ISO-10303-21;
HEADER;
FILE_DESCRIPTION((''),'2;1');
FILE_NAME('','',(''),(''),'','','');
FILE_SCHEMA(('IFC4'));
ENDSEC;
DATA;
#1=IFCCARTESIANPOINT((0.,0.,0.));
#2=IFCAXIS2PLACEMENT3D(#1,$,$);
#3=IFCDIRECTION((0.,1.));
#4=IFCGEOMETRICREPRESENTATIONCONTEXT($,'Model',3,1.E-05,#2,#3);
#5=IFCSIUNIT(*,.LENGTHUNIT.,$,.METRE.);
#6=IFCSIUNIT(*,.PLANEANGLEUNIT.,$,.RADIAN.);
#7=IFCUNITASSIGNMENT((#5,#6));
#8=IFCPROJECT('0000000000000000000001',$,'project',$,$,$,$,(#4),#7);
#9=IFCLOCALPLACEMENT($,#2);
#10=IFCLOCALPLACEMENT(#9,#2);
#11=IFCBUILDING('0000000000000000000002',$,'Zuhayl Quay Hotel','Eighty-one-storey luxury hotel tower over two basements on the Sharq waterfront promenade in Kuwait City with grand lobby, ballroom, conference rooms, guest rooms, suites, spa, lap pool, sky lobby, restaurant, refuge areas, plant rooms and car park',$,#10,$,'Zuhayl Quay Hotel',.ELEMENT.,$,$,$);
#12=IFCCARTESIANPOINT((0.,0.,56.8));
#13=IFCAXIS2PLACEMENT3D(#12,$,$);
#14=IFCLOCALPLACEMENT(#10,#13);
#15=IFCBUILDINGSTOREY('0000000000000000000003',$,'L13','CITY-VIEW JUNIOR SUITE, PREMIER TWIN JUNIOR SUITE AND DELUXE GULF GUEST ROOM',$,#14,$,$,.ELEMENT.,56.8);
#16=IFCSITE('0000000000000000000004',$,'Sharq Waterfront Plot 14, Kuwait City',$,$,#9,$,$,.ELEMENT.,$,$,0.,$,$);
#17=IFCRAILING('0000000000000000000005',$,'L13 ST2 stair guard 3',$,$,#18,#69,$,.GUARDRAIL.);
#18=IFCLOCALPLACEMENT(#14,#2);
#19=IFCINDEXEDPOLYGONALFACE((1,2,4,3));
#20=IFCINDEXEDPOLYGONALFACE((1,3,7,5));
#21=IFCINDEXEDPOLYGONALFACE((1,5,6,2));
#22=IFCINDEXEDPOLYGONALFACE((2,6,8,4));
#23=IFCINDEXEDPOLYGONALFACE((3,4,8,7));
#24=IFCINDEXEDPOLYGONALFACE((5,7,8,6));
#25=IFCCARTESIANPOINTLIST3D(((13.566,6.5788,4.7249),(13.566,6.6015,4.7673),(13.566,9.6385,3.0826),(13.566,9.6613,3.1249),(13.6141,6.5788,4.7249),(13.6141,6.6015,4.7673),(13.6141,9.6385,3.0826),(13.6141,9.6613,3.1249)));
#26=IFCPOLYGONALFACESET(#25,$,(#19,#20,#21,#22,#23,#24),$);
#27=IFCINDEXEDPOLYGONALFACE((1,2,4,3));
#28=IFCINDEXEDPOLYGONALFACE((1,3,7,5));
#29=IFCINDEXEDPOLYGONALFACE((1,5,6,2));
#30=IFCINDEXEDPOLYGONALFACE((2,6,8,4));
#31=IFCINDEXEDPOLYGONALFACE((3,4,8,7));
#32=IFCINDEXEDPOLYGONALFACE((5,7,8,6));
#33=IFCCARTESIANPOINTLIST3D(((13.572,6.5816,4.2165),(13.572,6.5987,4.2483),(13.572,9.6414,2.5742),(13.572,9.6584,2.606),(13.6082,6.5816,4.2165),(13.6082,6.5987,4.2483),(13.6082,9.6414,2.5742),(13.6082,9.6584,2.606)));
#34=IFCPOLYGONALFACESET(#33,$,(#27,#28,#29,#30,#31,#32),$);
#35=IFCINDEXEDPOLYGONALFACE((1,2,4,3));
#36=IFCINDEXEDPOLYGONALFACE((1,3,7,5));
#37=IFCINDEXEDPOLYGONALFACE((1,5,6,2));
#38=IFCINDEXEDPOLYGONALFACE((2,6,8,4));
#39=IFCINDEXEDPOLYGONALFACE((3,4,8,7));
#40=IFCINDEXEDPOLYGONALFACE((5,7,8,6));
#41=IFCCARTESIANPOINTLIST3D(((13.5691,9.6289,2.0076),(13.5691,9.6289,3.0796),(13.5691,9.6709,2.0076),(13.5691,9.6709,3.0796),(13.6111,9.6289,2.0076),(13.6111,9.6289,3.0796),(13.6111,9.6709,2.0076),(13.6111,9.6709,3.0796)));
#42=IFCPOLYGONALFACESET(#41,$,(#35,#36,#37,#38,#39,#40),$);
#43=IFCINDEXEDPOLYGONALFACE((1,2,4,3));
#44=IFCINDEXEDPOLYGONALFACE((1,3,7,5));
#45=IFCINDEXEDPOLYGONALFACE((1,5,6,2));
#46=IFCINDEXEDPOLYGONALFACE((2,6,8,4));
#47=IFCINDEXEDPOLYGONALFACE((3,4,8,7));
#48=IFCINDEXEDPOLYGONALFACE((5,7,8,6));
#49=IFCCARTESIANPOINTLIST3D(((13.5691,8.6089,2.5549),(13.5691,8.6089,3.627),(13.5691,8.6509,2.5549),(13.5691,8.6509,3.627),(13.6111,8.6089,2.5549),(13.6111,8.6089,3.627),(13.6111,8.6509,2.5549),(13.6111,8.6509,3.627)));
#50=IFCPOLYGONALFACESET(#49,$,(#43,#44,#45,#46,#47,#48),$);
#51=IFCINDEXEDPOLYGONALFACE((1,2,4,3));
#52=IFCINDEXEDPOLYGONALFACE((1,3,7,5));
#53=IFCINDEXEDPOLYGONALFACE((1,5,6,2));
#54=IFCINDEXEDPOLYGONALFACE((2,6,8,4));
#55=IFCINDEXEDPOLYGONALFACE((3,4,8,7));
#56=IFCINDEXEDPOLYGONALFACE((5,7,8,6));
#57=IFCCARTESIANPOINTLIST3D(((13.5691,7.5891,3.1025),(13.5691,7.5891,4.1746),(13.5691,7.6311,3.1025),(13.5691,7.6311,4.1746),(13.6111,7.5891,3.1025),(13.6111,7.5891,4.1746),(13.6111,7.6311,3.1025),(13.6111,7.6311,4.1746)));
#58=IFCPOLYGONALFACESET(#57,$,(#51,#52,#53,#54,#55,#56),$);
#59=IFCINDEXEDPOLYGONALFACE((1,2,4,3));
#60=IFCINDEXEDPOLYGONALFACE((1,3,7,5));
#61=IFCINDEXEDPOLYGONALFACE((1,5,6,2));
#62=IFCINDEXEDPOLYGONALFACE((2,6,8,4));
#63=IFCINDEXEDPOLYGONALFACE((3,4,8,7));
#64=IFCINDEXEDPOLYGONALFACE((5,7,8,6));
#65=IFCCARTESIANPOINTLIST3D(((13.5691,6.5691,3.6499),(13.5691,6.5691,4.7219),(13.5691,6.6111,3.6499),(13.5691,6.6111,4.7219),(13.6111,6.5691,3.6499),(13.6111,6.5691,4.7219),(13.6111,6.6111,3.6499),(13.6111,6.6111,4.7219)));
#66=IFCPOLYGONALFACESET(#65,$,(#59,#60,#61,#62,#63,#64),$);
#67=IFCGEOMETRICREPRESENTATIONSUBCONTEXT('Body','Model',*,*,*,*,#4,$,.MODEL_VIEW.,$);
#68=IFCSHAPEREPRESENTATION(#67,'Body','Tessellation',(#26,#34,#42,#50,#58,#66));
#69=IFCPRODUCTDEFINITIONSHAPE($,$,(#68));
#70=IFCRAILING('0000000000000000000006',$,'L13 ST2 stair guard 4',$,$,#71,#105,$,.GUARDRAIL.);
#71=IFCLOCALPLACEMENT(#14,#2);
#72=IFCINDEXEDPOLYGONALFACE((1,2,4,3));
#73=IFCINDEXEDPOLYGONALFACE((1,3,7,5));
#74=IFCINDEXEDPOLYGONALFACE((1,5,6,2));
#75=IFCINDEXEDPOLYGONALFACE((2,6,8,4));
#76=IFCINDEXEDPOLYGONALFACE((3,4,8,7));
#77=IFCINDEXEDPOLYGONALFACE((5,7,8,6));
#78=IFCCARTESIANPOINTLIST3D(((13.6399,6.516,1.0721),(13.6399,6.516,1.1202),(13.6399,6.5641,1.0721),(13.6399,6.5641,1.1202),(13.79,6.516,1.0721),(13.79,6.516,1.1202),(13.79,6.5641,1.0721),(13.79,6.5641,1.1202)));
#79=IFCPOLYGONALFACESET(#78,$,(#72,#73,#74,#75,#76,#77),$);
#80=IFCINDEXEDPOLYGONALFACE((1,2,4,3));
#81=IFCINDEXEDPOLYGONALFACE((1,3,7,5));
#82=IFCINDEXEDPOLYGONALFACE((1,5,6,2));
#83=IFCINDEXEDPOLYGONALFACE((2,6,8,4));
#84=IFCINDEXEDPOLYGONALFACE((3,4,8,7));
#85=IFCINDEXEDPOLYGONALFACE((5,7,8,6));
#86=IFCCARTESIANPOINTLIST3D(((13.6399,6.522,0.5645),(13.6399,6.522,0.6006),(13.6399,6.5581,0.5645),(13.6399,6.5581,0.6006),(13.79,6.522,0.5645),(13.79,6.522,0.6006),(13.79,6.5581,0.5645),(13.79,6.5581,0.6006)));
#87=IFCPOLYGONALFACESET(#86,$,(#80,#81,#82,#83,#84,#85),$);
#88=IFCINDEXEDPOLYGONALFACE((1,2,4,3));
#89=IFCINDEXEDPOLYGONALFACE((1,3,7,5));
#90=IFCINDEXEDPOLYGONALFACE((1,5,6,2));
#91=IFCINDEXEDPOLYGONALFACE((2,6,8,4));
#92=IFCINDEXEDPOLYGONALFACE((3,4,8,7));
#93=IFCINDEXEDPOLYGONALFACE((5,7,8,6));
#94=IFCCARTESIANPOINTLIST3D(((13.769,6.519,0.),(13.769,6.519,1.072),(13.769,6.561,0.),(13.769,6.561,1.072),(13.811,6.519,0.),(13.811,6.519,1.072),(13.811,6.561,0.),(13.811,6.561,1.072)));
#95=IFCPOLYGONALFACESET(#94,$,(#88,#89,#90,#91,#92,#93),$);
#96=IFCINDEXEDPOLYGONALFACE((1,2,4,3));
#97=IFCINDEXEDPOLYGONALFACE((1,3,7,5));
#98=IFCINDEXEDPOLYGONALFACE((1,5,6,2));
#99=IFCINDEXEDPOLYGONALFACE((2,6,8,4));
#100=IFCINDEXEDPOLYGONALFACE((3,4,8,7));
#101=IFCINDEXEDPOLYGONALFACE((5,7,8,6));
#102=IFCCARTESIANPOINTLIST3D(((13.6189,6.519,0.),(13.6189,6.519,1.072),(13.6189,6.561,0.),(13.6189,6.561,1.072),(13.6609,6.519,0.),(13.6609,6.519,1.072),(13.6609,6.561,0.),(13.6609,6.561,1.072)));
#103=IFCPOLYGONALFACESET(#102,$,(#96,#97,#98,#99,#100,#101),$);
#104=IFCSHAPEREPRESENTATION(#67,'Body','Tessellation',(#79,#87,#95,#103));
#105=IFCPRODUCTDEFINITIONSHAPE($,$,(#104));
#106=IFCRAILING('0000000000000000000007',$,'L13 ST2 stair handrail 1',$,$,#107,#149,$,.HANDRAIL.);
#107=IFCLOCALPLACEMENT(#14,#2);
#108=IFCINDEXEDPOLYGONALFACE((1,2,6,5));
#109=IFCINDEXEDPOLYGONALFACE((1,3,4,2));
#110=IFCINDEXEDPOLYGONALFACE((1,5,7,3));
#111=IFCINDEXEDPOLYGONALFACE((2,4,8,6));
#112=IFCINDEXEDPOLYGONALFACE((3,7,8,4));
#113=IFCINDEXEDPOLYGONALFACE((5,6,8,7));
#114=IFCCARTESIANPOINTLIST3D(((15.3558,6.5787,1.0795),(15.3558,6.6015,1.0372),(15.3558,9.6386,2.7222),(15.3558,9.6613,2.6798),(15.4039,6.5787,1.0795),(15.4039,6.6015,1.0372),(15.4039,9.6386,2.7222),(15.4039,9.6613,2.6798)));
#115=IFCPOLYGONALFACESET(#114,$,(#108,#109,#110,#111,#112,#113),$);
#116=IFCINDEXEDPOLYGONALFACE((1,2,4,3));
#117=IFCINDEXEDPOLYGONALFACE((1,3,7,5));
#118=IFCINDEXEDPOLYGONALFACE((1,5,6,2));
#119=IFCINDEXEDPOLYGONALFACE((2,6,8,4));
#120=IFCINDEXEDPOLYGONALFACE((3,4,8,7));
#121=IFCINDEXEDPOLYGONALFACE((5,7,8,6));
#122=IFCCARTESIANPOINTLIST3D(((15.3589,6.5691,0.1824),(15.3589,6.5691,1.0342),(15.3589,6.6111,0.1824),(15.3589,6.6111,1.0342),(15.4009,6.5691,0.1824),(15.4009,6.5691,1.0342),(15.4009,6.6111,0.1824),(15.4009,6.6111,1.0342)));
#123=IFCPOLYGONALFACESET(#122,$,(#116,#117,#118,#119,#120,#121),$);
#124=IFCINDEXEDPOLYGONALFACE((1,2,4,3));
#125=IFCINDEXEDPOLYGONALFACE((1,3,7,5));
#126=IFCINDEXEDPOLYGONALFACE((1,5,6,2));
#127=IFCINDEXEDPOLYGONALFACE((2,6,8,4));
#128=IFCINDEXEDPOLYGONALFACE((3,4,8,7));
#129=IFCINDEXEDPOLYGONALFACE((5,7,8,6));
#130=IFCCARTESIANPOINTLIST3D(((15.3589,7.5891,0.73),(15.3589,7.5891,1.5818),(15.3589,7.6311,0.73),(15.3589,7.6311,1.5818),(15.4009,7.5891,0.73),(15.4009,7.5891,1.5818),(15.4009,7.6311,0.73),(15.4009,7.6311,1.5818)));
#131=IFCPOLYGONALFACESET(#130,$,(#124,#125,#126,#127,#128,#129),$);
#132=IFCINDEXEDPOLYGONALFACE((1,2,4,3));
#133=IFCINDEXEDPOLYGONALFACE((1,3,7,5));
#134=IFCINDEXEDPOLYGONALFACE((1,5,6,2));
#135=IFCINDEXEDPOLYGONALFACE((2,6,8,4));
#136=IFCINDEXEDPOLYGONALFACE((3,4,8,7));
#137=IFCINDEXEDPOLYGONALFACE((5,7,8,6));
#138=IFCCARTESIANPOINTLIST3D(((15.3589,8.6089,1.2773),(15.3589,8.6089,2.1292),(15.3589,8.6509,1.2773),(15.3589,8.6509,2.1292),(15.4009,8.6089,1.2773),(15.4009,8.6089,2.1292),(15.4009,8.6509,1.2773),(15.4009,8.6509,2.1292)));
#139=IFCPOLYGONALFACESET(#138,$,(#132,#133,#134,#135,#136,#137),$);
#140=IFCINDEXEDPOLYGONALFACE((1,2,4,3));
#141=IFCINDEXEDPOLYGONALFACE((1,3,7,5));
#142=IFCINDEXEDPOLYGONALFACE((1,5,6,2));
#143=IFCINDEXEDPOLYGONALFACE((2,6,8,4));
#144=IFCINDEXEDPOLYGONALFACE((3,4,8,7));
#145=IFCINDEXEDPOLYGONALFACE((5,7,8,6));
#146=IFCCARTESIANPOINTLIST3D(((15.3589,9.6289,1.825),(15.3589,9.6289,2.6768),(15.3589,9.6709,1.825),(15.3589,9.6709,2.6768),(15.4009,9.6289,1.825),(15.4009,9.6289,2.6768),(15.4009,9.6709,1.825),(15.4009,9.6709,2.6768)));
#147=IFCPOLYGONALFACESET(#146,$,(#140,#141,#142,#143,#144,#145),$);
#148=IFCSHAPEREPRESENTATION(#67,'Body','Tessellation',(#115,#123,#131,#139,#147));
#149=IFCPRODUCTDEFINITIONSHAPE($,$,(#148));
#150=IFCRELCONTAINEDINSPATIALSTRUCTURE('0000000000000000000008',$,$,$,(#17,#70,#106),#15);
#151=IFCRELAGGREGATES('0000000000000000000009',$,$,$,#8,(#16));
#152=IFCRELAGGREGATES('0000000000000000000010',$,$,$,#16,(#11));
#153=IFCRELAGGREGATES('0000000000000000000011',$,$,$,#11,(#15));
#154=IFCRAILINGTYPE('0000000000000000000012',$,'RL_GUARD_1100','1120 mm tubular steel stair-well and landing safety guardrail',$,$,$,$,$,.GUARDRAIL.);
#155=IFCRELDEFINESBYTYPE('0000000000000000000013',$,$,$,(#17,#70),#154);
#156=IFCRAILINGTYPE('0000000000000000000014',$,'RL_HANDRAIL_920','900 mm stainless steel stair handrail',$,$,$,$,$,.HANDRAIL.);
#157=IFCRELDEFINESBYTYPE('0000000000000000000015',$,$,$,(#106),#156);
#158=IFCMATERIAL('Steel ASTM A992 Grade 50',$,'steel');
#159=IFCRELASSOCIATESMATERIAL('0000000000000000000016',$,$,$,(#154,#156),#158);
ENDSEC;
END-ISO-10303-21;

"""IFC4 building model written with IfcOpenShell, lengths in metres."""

from ifc_helpers import new_model, si_unit, direction, frame, origin, origin_2d, place, context, subcontext, project, spatial, rectangle, extrude, material, type_object, element, save


model = new_model("IFC4")

# Units and contexts
model_context = context("Model", 3, precision=1e-05, world=origin(), true_north=direction((0.0, 1.0)))
body_context = subcontext(model_context, "Body", "Model", "MODEL_VIEW")
ifc_project = project(units=[si_unit("LENGTHUNIT", "METRE"), si_unit("PLANEANGLEUNIT", "RADIAN")], contexts=[model_context])

# Site, building, storey
site_placement = place(None, origin())
site = spatial("IfcSite", under=ifc_project, at=site_placement, Name="Sharq Waterfront Plot 14, Kuwait City", CompositionType="ELEMENT", RefElevation=0.0)
building_placement = place(site_placement, origin())
building = spatial("IfcBuilding", under=site, at=building_placement, Name="Zuhayl Quay Hotel", Description="Eighty-one-storey luxury hotel tower over two basements on the Sharq waterfront promenade in Kuwait City with grand lobby, ballroom, conference rooms, guest rooms, suites, spa, lap pool, sky lobby, restaurant, refuge areas, plant rooms and car park", LongName="Zuhayl Quay Hotel", CompositionType="ELEMENT")
storey_placement = place(building_placement, frame((0.0, 0.0, 56.8)))
storey = spatial("IfcBuildingStorey", under=building, at=storey_placement, Name="L13", Description="CITY-VIEW JUNIOR SUITE, PREMIER TWIN JUNIOR SUITE AND DELUXE GULF GUEST ROOM", CompositionType="ELEMENT", Elevation=56.8)

# Shared definitions
ifc_material_1 = material(Name="Steel ASTM A992 Grade 50", Category="steel")

# Railings
railing_type_1 = type_object("IfcRailingType", Name="RL_GUARD_1100", Description="1120 mm tubular steel stair-well and landing safety guardrail", PredefinedType="GUARDRAIL", material=ifc_material_1)
railing_1_placement = place(storey_placement, frame((13.5901, 9.6499, 2.0076)))
element("IfcRailing", 1, at=railing_1_placement, inside=storey, type_object=railing_type_1, Name="L13 ST2 stair guard 3", PredefinedType="GUARDRAIL", context=body_context, shape_type="SweptSolid", body=[
    extrude(rectangle(XDim=0.0481, YDim=0.0481, at=origin_2d()), frame((0.0, 0.0, 1.0962), z_axis=(0.0, -0.881102, 0.472926), x_axis=(1.0, 0.0, 0.0)), (0.0, 0.0, 1.0), 3.4727),
    extrude(rectangle(XDim=0.0361, YDim=0.0361, at=origin_2d()), frame((0.0, 0.0, 0.5825), z_axis=(0.0, -0.881102, 0.472926), x_axis=(1.0, 0.0, 0.0)), (0.0, 0.0, 1.0), 3.4727),
    extrude(rectangle(XDim=0.042, YDim=0.042, at=origin_2d()), origin(), (0.0, 0.0, 1.0), 1.072),
    extrude(rectangle(XDim=0.042, YDim=0.042, at=origin_2d()), frame((0.0, -1.02, 0.5474)), (0.0, 0.0, 1.0), 1.072),
    extrude(rectangle(XDim=0.042, YDim=0.042, at=origin_2d()), frame((0.0, -2.0398, 1.095)), (0.0, 0.0, 1.0), 1.072),
    extrude(rectangle(XDim=0.042, YDim=0.042, at=origin_2d()), frame((0.0, -3.0598, 1.6423)), (0.0, 0.0, 1.0), 1.072),
])
railing_2_placement = place(storey_placement, frame((13.79, 6.54, 0.0)))
element("IfcRailing", 2, at=railing_2_placement, inside=storey, type_object=railing_type_1, Name="L13 ST2 stair guard 4", PredefinedType="GUARDRAIL", context=body_context, shape_type="SweptSolid", body=[
    extrude(rectangle(XDim=0.0481, YDim=0.0481, at=origin_2d()), frame((0.0, 0.0, 1.0962), z_axis=(-1.0, 0.0, 0.0), x_axis=(0.0, -1.0, 0.0)), (0.0, 0.0, 1.0), 0.1501),
    extrude(rectangle(XDim=0.0361, YDim=0.0361, at=origin_2d()), frame((0.0, 0.0, 0.5825), z_axis=(-1.0, 0.0, 0.0), x_axis=(0.0, -1.0, 0.0)), (0.0, 0.0, 1.0), 0.1501),
    extrude(rectangle(XDim=0.042, YDim=0.042, at=origin_2d()), origin(), (0.0, 0.0, 1.0), 1.072),
    extrude(rectangle(XDim=0.042, YDim=0.042, at=origin_2d()), frame((-0.1501, 0.0, 0.0)), (0.0, 0.0, 1.0), 1.072),
])
railing_type_2 = type_object("IfcRailingType", Name="RL_HANDRAIL_920", Description="900 mm stainless steel stair handrail", PredefinedType="HANDRAIL", material=ifc_material_1)
railing_3_placement = place(storey_placement, frame((15.3799, 6.5901, 0.1824)))
element("IfcRailing", 3, at=railing_3_placement, inside=storey, type_object=railing_type_2, Name="L13 ST2 stair handrail 1", PredefinedType="HANDRAIL", context=body_context, shape_type="SweptSolid", body=[
    extrude(rectangle(XDim=0.0481, YDim=0.0481, at=origin_2d()), frame((0.0, 0.0, 0.876), z_axis=(0.0, 0.881073, 0.47298), x_axis=(-1.0, 0.0, 0.0)), (0.0, 0.0, 1.0), 3.4729),
    extrude(rectangle(XDim=0.042, YDim=0.042, at=origin_2d()), origin(), (0.0, 0.0, 1.0), 0.8518),
    extrude(rectangle(XDim=0.042, YDim=0.042, at=origin_2d()), frame((0.0, 1.02, 0.5476)), (0.0, 0.0, 1.0), 0.8518),
    extrude(rectangle(XDim=0.042, YDim=0.042, at=origin_2d()), frame((0.0, 2.0398, 1.095)), (0.0, 0.0, 1.0), 0.8518),
    extrude(rectangle(XDim=0.042, YDim=0.042, at=origin_2d()), frame((0.0, 3.0598, 1.6426)), (0.0, 0.0, 1.0), 0.8518),
])

save(model, "model.ifc")
